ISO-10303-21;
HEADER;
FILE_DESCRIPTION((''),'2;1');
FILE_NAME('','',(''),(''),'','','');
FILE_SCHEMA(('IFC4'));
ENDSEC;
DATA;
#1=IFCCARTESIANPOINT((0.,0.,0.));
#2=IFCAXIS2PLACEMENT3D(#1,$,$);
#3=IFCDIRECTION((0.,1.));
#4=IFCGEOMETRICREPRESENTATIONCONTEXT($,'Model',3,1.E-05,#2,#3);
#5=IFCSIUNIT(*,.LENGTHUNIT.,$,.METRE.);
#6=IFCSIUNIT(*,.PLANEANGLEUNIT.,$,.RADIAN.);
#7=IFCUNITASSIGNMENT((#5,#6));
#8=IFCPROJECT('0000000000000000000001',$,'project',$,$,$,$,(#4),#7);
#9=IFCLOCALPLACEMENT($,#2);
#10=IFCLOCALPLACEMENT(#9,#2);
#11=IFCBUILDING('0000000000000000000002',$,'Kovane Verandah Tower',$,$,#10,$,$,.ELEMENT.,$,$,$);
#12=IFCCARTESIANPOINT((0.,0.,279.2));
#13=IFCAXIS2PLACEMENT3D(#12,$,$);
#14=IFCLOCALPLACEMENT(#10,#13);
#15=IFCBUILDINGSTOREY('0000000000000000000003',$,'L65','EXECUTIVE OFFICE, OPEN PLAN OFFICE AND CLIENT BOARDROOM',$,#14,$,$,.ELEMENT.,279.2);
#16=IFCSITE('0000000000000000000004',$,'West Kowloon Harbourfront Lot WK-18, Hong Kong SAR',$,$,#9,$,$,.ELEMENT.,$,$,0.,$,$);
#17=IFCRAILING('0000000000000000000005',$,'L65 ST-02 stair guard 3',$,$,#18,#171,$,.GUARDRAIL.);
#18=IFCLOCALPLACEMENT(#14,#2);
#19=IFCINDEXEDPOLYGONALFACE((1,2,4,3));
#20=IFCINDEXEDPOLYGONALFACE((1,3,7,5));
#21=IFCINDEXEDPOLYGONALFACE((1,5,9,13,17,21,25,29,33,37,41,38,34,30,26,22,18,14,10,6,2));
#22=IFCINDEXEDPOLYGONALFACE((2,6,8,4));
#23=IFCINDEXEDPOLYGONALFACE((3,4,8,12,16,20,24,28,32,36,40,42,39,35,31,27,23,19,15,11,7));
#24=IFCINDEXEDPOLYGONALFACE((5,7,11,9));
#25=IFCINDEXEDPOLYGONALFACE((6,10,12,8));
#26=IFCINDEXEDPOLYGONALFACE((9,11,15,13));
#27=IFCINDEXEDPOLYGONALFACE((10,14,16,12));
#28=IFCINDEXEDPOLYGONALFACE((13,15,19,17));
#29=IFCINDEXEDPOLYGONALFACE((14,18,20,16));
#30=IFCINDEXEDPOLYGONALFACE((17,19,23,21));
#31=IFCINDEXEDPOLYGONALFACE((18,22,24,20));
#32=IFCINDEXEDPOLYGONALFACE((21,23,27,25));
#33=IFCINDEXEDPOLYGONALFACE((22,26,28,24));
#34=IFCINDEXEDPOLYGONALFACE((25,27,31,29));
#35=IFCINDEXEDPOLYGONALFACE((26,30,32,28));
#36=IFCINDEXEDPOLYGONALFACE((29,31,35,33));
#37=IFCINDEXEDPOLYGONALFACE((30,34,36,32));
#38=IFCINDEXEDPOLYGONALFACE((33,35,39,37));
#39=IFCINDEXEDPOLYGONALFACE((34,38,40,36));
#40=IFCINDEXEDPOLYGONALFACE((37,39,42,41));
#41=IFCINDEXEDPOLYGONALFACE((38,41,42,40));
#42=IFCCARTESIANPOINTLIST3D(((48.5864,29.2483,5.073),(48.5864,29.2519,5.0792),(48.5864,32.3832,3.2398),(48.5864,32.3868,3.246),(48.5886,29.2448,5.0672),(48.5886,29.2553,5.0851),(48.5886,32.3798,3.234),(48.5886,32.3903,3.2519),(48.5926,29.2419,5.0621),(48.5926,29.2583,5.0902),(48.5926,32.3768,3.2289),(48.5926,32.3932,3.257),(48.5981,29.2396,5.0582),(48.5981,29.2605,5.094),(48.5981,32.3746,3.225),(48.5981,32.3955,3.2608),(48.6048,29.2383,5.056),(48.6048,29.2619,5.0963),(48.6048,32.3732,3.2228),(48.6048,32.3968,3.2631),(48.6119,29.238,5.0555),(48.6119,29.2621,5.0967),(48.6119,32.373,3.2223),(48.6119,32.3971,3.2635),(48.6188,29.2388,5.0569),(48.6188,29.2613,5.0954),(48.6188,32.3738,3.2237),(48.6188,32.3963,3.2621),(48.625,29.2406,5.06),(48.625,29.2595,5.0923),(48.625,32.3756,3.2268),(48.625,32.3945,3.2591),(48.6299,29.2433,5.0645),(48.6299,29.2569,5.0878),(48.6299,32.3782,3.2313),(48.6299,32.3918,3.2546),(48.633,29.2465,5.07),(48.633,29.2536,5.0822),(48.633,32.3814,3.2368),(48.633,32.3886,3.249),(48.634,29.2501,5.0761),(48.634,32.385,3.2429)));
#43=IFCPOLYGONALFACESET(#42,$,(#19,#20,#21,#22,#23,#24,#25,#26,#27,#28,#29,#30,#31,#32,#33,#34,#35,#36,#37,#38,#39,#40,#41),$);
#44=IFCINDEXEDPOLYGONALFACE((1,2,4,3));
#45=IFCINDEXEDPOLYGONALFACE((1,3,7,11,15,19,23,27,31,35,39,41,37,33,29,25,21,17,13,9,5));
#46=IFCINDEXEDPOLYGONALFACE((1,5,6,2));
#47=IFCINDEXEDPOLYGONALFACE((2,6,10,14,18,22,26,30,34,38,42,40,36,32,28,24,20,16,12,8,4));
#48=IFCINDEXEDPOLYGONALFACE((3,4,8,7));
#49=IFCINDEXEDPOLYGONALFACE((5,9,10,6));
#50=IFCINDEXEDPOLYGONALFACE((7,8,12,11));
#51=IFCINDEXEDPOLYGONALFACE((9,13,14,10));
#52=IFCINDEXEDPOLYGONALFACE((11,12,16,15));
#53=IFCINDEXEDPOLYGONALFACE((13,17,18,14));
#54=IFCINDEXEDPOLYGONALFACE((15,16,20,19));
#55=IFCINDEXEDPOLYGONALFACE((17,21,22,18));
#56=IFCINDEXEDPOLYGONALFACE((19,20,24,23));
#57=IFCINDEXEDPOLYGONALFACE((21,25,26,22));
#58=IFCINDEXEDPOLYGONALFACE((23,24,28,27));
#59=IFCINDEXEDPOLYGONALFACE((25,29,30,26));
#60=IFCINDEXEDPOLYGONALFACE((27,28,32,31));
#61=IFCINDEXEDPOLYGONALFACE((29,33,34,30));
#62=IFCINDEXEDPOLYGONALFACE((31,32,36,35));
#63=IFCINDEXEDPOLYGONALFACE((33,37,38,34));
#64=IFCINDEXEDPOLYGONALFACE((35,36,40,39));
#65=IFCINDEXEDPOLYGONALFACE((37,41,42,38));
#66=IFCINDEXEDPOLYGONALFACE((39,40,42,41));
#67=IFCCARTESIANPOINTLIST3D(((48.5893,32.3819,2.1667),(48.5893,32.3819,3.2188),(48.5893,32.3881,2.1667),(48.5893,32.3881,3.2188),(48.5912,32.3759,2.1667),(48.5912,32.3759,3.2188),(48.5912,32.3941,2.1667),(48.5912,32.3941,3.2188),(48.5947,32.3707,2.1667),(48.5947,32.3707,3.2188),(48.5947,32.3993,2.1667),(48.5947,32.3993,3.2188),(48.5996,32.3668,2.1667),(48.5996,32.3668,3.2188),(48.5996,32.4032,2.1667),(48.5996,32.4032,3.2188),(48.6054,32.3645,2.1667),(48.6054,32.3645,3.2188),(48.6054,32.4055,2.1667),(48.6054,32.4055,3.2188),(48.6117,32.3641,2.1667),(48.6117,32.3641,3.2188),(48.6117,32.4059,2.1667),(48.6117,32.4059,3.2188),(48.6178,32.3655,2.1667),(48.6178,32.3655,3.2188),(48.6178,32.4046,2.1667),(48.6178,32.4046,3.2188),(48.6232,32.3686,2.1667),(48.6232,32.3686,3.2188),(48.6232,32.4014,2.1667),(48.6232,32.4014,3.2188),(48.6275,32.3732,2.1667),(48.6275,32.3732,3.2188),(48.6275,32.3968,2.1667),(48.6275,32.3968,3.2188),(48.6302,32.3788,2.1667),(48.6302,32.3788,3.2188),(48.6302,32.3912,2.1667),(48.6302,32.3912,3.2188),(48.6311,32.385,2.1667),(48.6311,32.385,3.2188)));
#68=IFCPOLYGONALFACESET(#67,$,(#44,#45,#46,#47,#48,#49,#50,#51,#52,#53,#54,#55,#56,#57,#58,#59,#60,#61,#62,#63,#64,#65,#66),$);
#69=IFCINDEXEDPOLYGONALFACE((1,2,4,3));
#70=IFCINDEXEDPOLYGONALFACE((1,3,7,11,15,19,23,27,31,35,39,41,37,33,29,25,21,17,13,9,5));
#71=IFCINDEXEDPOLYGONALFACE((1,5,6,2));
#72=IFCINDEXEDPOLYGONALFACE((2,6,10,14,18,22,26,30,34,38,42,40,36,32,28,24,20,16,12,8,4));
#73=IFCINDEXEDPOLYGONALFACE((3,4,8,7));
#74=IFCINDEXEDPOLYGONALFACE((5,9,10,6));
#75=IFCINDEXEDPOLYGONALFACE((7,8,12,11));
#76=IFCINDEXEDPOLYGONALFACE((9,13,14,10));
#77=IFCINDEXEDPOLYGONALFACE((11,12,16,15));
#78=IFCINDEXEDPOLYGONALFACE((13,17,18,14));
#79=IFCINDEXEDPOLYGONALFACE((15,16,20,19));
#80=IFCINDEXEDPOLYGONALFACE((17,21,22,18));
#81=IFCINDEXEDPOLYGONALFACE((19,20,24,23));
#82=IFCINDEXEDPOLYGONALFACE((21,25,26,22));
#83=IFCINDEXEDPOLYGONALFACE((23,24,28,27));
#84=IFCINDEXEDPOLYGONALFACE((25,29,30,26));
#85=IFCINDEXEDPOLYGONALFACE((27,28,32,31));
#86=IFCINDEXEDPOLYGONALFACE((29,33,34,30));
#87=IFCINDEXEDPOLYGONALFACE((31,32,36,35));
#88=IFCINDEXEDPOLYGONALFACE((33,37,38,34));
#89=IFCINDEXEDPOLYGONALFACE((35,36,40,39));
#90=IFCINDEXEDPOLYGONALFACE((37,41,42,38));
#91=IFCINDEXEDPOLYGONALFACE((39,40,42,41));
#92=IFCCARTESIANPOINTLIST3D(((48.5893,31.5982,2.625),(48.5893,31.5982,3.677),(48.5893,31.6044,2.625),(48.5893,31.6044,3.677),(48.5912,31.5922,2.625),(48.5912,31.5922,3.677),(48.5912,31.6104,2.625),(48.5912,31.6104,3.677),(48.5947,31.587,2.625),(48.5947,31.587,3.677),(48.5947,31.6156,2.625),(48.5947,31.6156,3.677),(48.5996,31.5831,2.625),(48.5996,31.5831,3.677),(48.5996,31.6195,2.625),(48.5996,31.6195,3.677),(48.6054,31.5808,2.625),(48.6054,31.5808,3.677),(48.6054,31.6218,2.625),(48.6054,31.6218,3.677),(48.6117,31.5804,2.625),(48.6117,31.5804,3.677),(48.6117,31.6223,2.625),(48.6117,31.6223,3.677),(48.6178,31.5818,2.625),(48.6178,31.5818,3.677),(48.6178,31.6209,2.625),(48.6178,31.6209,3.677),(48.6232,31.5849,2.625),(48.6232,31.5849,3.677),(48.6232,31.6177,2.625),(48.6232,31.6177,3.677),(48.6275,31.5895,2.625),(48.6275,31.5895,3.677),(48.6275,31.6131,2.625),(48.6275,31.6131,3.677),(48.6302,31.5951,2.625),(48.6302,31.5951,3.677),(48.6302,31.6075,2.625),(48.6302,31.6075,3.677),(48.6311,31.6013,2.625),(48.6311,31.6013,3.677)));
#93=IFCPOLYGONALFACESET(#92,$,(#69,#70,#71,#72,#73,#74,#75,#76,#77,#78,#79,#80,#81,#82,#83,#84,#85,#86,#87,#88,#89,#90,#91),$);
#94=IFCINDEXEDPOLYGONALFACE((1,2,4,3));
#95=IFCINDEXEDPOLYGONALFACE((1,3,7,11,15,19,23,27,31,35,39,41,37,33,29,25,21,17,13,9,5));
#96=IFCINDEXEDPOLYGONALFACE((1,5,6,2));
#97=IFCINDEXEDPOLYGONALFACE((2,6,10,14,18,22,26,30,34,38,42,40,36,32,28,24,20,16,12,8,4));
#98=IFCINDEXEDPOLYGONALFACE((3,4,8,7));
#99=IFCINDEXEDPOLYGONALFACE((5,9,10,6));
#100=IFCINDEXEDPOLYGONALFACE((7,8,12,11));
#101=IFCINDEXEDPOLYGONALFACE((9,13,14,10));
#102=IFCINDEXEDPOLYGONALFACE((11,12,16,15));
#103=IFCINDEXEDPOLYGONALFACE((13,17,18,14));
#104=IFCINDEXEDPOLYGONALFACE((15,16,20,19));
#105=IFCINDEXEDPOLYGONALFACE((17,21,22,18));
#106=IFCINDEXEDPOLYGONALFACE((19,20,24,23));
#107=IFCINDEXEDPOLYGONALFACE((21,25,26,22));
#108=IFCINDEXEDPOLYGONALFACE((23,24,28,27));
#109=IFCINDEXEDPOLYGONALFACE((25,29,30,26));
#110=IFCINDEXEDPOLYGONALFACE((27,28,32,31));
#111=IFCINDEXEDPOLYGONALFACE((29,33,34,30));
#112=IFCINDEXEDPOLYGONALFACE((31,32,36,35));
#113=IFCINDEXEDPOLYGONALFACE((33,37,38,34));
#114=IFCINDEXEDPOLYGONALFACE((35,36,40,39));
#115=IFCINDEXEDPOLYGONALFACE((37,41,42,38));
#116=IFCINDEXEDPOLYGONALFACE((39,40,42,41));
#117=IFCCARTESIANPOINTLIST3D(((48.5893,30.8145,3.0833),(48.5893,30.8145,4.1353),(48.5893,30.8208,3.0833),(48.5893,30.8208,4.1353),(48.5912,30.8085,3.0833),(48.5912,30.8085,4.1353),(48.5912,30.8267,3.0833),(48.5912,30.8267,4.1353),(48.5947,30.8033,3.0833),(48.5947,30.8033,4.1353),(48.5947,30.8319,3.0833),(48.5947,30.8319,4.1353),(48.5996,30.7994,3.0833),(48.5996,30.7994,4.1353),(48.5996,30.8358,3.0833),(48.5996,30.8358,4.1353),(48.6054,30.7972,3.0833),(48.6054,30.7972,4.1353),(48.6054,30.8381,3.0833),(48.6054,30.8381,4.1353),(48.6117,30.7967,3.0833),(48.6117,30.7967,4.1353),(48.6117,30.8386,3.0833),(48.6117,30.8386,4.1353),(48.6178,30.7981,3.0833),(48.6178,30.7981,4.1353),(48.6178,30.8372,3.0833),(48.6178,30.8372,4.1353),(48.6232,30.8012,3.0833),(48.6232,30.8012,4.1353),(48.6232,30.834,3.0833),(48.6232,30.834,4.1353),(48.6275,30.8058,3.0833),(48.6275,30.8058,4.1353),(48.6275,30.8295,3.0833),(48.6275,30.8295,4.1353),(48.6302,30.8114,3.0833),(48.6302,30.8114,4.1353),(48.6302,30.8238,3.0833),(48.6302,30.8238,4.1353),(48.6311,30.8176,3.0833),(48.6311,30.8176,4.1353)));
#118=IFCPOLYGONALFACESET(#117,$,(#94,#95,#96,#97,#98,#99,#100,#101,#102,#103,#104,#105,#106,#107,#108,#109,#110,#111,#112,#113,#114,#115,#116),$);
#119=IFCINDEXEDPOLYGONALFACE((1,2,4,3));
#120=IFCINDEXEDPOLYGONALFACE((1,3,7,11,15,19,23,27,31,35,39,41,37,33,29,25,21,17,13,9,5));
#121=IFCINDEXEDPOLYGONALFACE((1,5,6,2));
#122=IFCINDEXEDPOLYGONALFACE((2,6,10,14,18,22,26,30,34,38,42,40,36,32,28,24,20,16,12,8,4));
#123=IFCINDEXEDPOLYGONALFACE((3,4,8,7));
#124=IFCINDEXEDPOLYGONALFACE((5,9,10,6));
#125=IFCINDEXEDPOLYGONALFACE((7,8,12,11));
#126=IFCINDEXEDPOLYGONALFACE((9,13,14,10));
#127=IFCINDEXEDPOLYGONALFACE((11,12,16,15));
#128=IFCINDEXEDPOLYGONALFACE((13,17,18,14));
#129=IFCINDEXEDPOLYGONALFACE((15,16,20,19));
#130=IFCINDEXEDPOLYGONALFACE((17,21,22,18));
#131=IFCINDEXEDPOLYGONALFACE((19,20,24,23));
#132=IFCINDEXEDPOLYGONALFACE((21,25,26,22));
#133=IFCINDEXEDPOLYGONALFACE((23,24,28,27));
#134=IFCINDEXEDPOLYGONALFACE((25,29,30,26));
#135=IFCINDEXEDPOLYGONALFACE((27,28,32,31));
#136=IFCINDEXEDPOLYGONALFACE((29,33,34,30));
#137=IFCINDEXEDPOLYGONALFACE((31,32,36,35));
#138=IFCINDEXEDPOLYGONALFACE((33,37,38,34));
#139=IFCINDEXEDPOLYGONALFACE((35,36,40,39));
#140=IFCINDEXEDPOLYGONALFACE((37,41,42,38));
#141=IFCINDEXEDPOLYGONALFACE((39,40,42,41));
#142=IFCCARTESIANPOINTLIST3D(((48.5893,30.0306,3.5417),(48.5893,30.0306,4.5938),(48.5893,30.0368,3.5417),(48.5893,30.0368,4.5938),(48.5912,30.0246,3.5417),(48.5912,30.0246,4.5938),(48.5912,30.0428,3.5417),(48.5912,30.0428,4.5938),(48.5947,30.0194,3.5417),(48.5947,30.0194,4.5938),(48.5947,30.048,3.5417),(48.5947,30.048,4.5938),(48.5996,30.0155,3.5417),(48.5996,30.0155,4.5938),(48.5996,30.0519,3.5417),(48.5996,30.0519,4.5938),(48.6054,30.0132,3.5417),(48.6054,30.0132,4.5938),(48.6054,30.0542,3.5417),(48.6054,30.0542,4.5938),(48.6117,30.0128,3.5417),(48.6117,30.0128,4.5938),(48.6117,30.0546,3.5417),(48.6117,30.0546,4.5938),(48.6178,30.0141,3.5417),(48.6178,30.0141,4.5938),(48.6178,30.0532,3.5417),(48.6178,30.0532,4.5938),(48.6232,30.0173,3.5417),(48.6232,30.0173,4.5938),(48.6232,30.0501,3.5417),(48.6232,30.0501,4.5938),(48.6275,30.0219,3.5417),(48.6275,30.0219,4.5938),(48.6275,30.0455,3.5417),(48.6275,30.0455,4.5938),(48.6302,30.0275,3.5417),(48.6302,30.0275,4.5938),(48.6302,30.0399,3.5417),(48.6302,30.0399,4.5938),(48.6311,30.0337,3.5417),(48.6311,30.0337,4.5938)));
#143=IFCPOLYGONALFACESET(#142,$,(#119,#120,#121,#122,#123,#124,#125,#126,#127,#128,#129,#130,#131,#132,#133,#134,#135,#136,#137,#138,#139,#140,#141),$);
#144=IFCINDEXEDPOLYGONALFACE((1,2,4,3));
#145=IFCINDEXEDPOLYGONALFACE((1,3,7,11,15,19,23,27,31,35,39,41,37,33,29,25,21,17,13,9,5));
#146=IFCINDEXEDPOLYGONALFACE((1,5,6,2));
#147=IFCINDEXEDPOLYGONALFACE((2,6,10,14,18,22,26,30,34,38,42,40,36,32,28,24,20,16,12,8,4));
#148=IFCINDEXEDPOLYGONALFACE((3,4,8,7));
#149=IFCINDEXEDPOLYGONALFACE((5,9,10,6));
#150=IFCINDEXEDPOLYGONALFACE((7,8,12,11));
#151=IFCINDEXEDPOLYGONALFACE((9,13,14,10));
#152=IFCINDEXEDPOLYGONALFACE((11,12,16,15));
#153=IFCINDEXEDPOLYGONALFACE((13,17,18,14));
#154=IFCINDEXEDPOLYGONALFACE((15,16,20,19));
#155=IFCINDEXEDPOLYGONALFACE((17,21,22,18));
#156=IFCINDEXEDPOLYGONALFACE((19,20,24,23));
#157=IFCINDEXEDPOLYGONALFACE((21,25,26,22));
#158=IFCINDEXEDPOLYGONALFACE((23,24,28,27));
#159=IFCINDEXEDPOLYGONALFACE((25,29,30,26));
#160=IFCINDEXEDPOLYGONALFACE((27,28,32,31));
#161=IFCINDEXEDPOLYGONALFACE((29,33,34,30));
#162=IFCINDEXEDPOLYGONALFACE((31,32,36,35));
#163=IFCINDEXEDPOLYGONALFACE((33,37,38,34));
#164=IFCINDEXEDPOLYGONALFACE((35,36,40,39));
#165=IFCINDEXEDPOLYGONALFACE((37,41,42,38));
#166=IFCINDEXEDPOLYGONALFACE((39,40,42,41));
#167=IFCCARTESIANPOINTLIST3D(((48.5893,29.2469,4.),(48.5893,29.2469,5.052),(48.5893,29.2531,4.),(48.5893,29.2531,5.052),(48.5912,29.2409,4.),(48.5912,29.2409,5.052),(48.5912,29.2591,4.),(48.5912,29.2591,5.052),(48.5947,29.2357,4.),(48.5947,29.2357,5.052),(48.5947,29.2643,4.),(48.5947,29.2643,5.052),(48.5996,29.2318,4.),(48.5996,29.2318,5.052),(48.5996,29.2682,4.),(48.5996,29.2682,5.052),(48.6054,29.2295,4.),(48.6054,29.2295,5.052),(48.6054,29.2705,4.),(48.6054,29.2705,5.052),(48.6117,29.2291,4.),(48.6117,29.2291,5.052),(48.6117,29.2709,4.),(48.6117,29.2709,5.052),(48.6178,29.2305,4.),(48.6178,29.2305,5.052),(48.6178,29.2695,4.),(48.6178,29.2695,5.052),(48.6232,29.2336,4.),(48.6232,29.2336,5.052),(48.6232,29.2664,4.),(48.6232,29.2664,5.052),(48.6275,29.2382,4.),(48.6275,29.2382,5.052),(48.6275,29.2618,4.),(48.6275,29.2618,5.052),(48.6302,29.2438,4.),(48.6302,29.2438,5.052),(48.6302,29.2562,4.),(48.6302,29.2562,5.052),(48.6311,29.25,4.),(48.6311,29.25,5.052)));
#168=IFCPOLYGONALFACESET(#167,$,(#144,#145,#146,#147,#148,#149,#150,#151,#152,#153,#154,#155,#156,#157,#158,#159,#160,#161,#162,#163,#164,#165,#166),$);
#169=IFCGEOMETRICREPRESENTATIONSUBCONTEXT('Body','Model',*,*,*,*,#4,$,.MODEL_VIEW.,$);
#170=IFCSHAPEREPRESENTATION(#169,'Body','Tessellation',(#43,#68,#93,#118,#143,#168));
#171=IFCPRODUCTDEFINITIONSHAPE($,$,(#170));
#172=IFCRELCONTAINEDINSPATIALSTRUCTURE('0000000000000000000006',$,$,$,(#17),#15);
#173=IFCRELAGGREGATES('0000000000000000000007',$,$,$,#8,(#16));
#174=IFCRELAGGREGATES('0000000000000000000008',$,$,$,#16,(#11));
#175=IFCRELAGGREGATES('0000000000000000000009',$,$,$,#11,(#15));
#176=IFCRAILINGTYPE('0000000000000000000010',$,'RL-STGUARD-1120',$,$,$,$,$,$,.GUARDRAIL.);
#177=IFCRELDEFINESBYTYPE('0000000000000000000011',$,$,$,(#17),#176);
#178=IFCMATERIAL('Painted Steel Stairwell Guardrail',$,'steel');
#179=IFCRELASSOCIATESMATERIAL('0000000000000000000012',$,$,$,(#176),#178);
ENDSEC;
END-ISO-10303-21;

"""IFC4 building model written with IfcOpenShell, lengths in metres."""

from ifc_helpers import new_model, si_unit, direction, frame, origin, origin_2d, place, context, subcontext, project, spatial, circle, extrude, material, type_object, element, save


model = new_model("IFC4")

# Units and contexts
model_context = context("Model", 3, precision=1e-05, world=origin(), true_north=direction((0.0, 1.0)))
body_context = subcontext(model_context, "Body", "Model", "MODEL_VIEW")
ifc_project = project(units=[si_unit("LENGTHUNIT", "METRE"), si_unit("PLANEANGLEUNIT", "RADIAN")], contexts=[model_context])

# Site, building, storey
site_placement = place(None, origin())
site = spatial("IfcSite", under=ifc_project, at=site_placement, Name="West Kowloon Harbourfront Lot WK-18, Hong Kong SAR", CompositionType="ELEMENT", RefElevation=0.0)
building_placement = place(site_placement, origin())
building = spatial("IfcBuilding", under=site, at=building_placement, Name="Kovane Verandah Tower", CompositionType="ELEMENT")
storey_placement = place(building_placement, frame((0.0, 0.0, 279.2)))
storey = spatial("IfcBuildingStorey", under=building, at=storey_placement, Name="L65", Description="EXECUTIVE OFFICE, OPEN PLAN OFFICE AND CLIENT BOARDROOM", CompositionType="ELEMENT", Elevation=279.2)

# Railing
ifc_material_1 = material(Name="Painted Steel Stairwell Guardrail", Category="steel")
railing_type_1 = type_object("IfcRailingType", Name="RL-STGUARD-1120", PredefinedType="GUARDRAIL", material=ifc_material_1)
railing_1_placement = place(storey_placement, frame((48.6101, 32.385, 2.1667)))
element("IfcRailing", 1, at=railing_1_placement, inside=storey, type_object=railing_type_1, Name="L65 ST-02 stair guard 3", PredefinedType="GUARDRAIL", context=body_context, shape_type="SweptSolid", body=[
    extrude(circle(Radius=0.0239, at=origin_2d()), frame((0.0, 0.0, 1.0762), z_axis=(0.0, -0.86324, 0.504794), x_axis=(1.0, 0.0, 0.0)), (0.0, 0.0, 1.0), 3.6316),
    extrude(circle(Radius=0.021, at=origin_2d()), origin(), (0.0, 0.0, 1.0), 1.052),
    extrude(circle(Radius=0.021, at=origin_2d()), frame((0.0, -0.7837, 0.4583)), (0.0, 0.0, 1.0), 1.052),
    extrude(circle(Radius=0.021, at=origin_2d()), frame((0.0, -1.5674, 0.9165)), (0.0, 0.0, 1.0), 1.052),
    extrude(circle(Radius=0.021, at=origin_2d()), frame((0.0, -2.3513, 1.375)), (0.0, 0.0, 1.0), 1.052),
    extrude(circle(Radius=0.021, at=origin_2d()), frame((0.0, -3.135, 1.8333)), (0.0, 0.0, 1.0), 1.052),
])

save(model, "model.ifc")
